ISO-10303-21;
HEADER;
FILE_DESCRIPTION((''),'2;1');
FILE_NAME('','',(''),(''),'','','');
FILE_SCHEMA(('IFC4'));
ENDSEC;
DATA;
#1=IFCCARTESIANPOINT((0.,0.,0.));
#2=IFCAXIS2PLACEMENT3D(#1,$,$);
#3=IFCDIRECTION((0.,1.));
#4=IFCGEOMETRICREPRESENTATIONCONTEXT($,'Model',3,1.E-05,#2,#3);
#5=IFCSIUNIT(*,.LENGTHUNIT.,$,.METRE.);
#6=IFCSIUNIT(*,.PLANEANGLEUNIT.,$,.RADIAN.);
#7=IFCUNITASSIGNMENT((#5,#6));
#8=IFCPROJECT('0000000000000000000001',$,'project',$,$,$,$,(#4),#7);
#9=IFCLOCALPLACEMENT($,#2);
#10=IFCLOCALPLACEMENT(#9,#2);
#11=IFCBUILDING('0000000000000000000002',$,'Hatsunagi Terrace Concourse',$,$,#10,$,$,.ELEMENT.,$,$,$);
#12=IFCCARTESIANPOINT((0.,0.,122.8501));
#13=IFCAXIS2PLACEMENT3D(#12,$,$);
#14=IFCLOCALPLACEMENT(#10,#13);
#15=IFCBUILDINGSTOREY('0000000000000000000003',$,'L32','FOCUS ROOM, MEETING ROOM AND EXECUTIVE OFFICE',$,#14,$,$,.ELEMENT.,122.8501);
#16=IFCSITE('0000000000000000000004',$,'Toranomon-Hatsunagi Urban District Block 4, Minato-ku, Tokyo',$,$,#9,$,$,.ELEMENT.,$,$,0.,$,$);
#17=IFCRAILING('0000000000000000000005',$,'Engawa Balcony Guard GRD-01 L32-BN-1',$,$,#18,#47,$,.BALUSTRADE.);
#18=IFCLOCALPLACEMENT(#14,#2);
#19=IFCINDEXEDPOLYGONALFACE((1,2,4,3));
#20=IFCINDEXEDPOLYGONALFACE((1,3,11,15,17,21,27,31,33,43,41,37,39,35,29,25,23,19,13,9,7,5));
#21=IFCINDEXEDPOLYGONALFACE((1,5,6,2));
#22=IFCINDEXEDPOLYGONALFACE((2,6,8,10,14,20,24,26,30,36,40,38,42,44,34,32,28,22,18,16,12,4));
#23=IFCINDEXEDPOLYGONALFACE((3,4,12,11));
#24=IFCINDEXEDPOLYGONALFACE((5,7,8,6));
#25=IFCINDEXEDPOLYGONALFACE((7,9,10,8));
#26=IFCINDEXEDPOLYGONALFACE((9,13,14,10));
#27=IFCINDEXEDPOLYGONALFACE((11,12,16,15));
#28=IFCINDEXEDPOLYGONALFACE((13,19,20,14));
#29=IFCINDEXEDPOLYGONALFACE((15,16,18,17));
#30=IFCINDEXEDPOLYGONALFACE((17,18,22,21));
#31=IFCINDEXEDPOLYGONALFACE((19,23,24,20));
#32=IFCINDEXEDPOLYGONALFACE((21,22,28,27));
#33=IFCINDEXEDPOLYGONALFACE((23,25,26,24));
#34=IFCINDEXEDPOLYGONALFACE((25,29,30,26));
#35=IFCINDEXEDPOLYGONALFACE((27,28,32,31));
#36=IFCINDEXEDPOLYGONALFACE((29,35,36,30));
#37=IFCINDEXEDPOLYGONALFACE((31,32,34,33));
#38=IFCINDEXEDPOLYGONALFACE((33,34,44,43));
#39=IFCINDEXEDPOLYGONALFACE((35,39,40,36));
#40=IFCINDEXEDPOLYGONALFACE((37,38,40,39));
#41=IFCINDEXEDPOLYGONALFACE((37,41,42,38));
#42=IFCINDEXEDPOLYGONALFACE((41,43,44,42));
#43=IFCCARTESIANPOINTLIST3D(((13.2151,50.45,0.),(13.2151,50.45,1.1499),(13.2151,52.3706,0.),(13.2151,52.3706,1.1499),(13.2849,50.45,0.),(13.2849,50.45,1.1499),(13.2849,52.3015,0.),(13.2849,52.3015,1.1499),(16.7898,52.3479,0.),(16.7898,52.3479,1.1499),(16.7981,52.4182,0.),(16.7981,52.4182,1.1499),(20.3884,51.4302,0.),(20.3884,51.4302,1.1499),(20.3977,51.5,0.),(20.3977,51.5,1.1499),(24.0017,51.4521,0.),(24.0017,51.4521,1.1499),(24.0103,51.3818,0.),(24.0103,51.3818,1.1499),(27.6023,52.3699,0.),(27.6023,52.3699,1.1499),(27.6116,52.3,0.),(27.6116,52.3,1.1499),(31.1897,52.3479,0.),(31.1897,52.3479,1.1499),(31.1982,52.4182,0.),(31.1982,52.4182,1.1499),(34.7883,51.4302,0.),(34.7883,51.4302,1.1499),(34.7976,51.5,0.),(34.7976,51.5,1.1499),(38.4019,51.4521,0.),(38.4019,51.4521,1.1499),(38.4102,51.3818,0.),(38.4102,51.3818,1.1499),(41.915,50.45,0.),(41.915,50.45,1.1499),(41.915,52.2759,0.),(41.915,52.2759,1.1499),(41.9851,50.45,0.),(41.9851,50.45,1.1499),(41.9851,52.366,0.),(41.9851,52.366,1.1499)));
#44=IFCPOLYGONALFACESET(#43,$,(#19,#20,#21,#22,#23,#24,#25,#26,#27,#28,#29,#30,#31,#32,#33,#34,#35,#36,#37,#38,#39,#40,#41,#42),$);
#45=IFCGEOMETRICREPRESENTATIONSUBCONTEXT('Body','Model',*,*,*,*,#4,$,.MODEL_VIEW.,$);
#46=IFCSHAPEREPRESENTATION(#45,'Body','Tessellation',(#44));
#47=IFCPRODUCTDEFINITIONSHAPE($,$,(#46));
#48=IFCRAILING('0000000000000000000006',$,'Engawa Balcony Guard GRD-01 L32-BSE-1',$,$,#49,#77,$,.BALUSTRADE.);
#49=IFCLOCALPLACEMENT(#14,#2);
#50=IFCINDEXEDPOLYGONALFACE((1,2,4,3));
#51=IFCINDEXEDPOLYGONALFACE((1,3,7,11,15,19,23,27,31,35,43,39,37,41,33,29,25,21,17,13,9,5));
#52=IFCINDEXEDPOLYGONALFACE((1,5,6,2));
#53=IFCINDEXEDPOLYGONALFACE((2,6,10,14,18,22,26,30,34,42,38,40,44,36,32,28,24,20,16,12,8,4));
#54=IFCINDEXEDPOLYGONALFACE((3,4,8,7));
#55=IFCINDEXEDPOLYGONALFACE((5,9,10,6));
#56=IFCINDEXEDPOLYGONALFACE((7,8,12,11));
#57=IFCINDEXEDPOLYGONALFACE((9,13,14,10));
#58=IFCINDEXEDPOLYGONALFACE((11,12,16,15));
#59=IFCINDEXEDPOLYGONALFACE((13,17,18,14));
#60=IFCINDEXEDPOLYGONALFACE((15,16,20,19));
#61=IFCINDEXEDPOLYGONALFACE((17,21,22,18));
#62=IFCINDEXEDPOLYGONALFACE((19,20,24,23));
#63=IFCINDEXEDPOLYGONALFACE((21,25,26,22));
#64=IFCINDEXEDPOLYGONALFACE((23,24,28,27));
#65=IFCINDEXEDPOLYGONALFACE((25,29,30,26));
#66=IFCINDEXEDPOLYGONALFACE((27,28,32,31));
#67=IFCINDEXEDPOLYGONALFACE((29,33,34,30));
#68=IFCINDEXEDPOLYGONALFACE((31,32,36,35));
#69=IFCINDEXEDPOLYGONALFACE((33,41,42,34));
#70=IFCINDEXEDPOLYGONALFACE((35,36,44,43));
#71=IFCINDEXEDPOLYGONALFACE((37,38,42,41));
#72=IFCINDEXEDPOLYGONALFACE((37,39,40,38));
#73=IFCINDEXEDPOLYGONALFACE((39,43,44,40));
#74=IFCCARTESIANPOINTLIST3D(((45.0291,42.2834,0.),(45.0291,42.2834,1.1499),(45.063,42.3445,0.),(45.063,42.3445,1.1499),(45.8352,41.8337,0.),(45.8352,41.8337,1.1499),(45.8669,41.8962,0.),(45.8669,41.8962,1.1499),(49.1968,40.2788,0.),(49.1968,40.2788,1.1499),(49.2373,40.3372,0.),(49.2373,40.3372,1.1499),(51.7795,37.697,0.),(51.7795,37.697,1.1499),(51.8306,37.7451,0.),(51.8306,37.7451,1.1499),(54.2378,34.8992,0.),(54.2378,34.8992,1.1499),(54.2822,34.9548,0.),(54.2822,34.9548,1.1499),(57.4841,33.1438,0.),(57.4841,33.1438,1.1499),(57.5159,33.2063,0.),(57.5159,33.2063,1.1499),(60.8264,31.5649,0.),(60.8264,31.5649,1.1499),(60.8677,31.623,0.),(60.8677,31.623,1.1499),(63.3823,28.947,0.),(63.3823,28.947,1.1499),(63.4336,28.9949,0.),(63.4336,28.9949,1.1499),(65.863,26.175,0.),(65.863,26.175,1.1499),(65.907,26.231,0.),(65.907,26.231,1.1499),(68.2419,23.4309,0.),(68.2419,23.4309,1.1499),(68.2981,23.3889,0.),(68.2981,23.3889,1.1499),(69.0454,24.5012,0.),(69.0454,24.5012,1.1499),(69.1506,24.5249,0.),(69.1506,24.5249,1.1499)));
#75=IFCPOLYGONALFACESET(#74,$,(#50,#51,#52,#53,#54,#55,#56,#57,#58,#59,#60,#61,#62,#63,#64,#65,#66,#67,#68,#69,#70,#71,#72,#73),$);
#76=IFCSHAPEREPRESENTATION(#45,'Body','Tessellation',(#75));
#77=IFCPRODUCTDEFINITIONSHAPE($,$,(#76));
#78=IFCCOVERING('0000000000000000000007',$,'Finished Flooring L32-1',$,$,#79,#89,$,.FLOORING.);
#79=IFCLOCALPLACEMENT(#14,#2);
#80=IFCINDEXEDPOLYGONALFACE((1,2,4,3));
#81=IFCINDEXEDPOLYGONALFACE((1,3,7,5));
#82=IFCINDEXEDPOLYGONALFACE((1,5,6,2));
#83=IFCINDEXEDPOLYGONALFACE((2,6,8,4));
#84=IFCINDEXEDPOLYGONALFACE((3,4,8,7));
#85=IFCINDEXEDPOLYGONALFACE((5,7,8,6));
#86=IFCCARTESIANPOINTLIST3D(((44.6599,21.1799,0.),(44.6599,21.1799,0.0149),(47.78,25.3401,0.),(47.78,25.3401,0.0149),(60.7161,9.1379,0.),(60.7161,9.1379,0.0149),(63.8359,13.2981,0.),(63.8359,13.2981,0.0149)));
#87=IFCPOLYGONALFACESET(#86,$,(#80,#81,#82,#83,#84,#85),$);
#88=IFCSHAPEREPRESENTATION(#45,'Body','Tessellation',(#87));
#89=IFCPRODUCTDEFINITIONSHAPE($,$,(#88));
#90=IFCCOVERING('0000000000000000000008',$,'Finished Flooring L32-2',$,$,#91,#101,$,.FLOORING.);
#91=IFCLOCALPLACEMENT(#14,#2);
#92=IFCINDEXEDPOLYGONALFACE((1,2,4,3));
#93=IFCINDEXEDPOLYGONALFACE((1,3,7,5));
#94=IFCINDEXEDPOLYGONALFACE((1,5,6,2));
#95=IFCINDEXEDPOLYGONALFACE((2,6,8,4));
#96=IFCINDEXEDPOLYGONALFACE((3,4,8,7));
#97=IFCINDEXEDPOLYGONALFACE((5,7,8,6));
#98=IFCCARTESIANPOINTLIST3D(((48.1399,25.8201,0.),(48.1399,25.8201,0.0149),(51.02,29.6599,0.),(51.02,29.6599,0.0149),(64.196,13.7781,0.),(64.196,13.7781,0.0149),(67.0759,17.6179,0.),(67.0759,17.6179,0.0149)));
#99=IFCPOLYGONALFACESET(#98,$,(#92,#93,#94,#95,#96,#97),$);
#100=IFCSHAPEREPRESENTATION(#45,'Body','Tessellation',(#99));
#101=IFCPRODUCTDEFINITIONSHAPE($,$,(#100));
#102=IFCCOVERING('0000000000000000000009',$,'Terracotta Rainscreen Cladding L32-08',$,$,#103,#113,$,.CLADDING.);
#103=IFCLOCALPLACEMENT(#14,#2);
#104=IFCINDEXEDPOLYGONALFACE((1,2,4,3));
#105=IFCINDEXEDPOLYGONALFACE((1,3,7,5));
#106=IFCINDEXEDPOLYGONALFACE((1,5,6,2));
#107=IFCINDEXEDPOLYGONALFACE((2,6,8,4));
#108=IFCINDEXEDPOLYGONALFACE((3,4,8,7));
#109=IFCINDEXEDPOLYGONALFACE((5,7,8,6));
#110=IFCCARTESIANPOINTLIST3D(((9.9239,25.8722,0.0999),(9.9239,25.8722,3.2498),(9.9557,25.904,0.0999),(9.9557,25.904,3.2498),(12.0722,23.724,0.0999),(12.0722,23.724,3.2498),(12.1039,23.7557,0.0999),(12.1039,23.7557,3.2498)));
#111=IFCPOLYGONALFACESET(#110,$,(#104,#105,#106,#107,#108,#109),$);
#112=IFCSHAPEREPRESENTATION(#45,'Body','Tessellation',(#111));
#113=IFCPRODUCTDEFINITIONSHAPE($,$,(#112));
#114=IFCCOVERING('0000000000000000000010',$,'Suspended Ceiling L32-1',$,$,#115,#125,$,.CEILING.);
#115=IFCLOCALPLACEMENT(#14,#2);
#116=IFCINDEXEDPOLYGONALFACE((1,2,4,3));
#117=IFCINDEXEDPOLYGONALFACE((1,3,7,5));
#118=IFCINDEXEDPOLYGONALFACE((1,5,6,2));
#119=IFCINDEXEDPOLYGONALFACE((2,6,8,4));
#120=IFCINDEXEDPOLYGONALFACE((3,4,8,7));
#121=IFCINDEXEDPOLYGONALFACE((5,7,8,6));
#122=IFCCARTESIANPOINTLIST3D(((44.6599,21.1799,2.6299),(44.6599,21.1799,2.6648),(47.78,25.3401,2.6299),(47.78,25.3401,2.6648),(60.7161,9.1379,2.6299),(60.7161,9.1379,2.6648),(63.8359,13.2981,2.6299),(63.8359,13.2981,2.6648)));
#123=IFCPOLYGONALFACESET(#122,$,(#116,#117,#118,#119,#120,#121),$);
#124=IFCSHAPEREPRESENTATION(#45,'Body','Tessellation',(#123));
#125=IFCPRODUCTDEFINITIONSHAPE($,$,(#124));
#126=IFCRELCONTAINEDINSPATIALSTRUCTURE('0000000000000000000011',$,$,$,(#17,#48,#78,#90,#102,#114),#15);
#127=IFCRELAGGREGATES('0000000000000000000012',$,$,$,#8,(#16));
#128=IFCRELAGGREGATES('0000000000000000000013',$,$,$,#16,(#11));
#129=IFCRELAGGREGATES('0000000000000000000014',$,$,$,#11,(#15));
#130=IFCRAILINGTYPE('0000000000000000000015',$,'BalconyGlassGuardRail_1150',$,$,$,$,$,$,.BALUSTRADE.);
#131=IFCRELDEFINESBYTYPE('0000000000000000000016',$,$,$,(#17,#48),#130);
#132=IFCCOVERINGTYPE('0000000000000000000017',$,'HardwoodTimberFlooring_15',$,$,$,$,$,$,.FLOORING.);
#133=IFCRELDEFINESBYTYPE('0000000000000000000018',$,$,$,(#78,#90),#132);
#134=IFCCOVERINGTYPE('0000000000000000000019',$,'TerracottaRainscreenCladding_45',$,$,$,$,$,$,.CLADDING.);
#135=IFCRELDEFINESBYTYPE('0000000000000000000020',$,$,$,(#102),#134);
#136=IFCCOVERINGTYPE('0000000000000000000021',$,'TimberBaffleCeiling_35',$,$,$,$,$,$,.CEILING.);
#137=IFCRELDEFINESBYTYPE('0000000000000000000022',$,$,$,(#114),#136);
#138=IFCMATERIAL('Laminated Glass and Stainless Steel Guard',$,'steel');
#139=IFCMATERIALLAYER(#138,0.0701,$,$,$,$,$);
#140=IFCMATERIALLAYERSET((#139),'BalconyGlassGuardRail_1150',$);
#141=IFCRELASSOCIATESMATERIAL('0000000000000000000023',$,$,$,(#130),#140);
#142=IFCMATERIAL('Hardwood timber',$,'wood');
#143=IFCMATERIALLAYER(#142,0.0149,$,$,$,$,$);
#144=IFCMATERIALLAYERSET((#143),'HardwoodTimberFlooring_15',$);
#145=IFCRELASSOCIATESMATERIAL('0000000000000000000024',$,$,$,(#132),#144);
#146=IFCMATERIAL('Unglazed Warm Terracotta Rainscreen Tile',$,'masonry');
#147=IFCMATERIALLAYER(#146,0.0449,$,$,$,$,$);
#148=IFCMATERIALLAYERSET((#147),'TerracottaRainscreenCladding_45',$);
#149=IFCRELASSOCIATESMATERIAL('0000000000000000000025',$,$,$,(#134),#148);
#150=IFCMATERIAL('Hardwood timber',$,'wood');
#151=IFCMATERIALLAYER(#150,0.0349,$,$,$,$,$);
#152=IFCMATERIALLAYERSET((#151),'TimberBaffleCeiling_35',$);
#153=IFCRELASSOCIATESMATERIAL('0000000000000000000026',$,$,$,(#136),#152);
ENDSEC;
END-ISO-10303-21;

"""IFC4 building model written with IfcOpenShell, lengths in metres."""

from ifc_helpers import new_model, si_unit, direction, frame, origin, origin_2d, place, context, subcontext, project, spatial, polyline, rectangle, outline, extrude, material, layer, layer_set, type_object, element, save


model = new_model("IFC4")

# Units and contexts
model_context = context("Model", 3, precision=1e-05, world=origin(), true_north=direction((0.0, 1.0)))
body_context = subcontext(model_context, "Body", "Model", "MODEL_VIEW")
ifc_project = project(units=[si_unit("LENGTHUNIT", "METRE"), si_unit("PLANEANGLEUNIT", "RADIAN")], contexts=[model_context])

# Site, building, storey
site_placement = place(None, origin())
site = spatial("IfcSite", under=ifc_project, at=site_placement, Name="Toranomon-Hatsunagi Urban District Block 4, Minato-ku, Tokyo", CompositionType="ELEMENT", RefElevation=0.0)
building_placement = place(site_placement, origin())
building = spatial("IfcBuilding", under=site, at=building_placement, Name="Hatsunagi Terrace Concourse", CompositionType="ELEMENT")
storey_placement = place(building_placement, frame((0.0, 0.0, 122.8501)))
storey = spatial("IfcBuildingStorey", under=building, at=storey_placement, Name="L32", Description="FOCUS ROOM, MEETING ROOM AND EXECUTIVE OFFICE", CompositionType="ELEMENT", Elevation=122.8501)

# Railings
ifc_material_1 = material(Name="Laminated Glass and Stainless Steel Guard", Category="steel")
ifc_layer_1 = layer(ifc_material_1, 0.0701)
ifc_layer_set_1 = layer_set([ifc_layer_1], Name="BalconyGlassGuardRail_1150")
railing_type = type_object("IfcRailingType", Name="BalconyGlassGuardRail_1150", PredefinedType="BALUSTRADE", material=ifc_layer_set_1)
railing_1_placement = place(storey_placement, origin())
element("IfcRailing", 1, at=railing_1_placement, inside=storey, type_object=railing_type, Name="Engawa Balcony Guard GRD-01 L32-BN-1", PredefinedType="BALUSTRADE", context=body_context, shape_type="SweptSolid", body=[
    extrude(outline(polyline([(13.2151, 50.45), (13.2849, 50.45), (13.2849, 52.3015), (16.7898, 52.3479), (20.3884, 51.4302), (24.0103, 51.3818), (27.6116, 52.3), (31.1897, 52.3479), (34.7883, 51.4302), (38.4102, 51.3818), (41.915, 52.2759), (41.915, 50.45), (41.9851, 50.45), (41.9851, 52.366), (38.4019, 51.4521), (34.7976, 51.5), (31.1982, 52.4182), (27.6023, 52.3699), (24.0017, 51.4521), (20.3977, 51.5), (16.7981, 52.4182), (13.2151, 52.3706), (13.2151, 50.45)])), origin(), (0.0, 0.0, 1.0), 1.1499),
])
railing_2_placement = place(storey_placement, origin())
element("IfcRailing", 2, at=railing_2_placement, inside=storey, type_object=railing_type, Name="Engawa Balcony Guard GRD-01 L32-BSE-1", PredefinedType="BALUSTRADE", context=body_context, shape_type="SweptSolid", body=[
    extrude(outline(polyline([(45.063, 42.3445), (45.0291, 42.2834), (45.8352, 41.8337), (49.1968, 40.2788), (51.7795, 37.697), (54.2378, 34.8992), (57.4841, 33.1438), (60.8264, 31.5649), (63.3823, 28.947), (65.863, 26.175), (69.0454, 24.5012), (68.2419, 23.4309), (68.2981, 23.3889), (69.1506, 24.5249), (65.907, 26.231), (63.4336, 28.9949), (60.8677, 31.623), (57.5159, 33.2063), (54.2822, 34.9548), (51.8306, 37.7451), (49.2373, 40.3372), (45.8669, 41.8962), (45.063, 42.3445)])), origin(), (0.0, 0.0, 1.0), 1.1499),
])

# Coverings
ifc_material_2 = material(Name="Hardwood timber", Category="wood")
ifc_layer_2 = layer(ifc_material_2, 0.0149)
ifc_layer_set_2 = layer_set([ifc_layer_2], Name="HardwoodTimberFlooring_15")
covering_type_1 = type_object("IfcCoveringType", Name="HardwoodTimberFlooring_15", PredefinedType="FLOORING", material=ifc_layer_set_2)
covering_1_placement = place(storey_placement, origin())
element("IfcCovering", 3, at=covering_1_placement, inside=storey, type_object=covering_type_1, Name="Finished Flooring L32-1", PredefinedType="FLOORING", context=body_context, shape_type="SweptSolid", body=[
    extrude(outline(polyline([(63.8359, 13.2981), (47.78, 25.3401), (44.6599, 21.1799), (60.7161, 9.1379), (63.8359, 13.2981)])), origin(), (0.0, 0.0, 1.0), 0.0149),
])
covering_2_placement = place(storey_placement, origin())
element("IfcCovering", 4, at=covering_2_placement, inside=storey, type_object=covering_type_1, Name="Finished Flooring L32-2", PredefinedType="FLOORING", context=body_context, shape_type="SweptSolid", body=[
    extrude(outline(polyline([(67.0759, 17.6179), (51.02, 29.6599), (48.1399, 25.8201), (64.196, 13.7781), (67.0759, 17.6179)])), origin(), (0.0, 0.0, 1.0), 0.0149),
])
ifc_material_3 = material(Name="Unglazed Warm Terracotta Rainscreen Tile", Category="masonry")
ifc_layer_3 = layer(ifc_material_3, 0.0449)
ifc_layer_set_3 = layer_set([ifc_layer_3], Name="TerracottaRainscreenCladding_45")
covering_type_2 = type_object("IfcCoveringType", Name="TerracottaRainscreenCladding_45", PredefinedType="CLADDING", material=ifc_layer_set_3)
covering_3_placement = place(storey_placement, frame((11.0139, 24.814, 0.0999), z_axis=(0.0, 0.0, 1.0), x_axis=(-0.707107, 0.707107, 0.0)))
element("IfcCovering", 5, at=covering_3_placement, inside=storey, type_object=covering_type_2, Name="Terracotta Rainscreen Cladding L32-08", PredefinedType="CLADDING", context=body_context, shape_type="SweptSolid", body=[
    extrude(rectangle(XDim=3.0381, YDim=0.0449, at=origin_2d()), origin(), (0.0, 0.0, 1.0), 3.1499),
])
ifc_material_4 = material(Name="Hardwood timber", Category="wood")
ifc_layer_4 = layer(ifc_material_4, 0.0349)
ifc_layer_set_4 = layer_set([ifc_layer_4], Name="TimberBaffleCeiling_35")
covering_type_3 = type_object("IfcCoveringType", Name="TimberBaffleCeiling_35", PredefinedType="CEILING", material=ifc_layer_set_4)
covering_4_placement = place(storey_placement, frame((0.0, 0.0, 2.6299)))
element("IfcCovering", 6, at=covering_4_placement, inside=storey, type_object=covering_type_3, Name="Suspended Ceiling L32-1", PredefinedType="CEILING", context=body_context, shape_type="SweptSolid", body=[
    extrude(outline(polyline([(63.8359, 13.2981), (47.78, 25.3401), (44.6599, 21.1799), (60.7161, 9.1379), (63.8359, 13.2981)])), origin(), (0.0, 0.0, 1.0), 0.0349),
])

save(model, "model.ifc")
